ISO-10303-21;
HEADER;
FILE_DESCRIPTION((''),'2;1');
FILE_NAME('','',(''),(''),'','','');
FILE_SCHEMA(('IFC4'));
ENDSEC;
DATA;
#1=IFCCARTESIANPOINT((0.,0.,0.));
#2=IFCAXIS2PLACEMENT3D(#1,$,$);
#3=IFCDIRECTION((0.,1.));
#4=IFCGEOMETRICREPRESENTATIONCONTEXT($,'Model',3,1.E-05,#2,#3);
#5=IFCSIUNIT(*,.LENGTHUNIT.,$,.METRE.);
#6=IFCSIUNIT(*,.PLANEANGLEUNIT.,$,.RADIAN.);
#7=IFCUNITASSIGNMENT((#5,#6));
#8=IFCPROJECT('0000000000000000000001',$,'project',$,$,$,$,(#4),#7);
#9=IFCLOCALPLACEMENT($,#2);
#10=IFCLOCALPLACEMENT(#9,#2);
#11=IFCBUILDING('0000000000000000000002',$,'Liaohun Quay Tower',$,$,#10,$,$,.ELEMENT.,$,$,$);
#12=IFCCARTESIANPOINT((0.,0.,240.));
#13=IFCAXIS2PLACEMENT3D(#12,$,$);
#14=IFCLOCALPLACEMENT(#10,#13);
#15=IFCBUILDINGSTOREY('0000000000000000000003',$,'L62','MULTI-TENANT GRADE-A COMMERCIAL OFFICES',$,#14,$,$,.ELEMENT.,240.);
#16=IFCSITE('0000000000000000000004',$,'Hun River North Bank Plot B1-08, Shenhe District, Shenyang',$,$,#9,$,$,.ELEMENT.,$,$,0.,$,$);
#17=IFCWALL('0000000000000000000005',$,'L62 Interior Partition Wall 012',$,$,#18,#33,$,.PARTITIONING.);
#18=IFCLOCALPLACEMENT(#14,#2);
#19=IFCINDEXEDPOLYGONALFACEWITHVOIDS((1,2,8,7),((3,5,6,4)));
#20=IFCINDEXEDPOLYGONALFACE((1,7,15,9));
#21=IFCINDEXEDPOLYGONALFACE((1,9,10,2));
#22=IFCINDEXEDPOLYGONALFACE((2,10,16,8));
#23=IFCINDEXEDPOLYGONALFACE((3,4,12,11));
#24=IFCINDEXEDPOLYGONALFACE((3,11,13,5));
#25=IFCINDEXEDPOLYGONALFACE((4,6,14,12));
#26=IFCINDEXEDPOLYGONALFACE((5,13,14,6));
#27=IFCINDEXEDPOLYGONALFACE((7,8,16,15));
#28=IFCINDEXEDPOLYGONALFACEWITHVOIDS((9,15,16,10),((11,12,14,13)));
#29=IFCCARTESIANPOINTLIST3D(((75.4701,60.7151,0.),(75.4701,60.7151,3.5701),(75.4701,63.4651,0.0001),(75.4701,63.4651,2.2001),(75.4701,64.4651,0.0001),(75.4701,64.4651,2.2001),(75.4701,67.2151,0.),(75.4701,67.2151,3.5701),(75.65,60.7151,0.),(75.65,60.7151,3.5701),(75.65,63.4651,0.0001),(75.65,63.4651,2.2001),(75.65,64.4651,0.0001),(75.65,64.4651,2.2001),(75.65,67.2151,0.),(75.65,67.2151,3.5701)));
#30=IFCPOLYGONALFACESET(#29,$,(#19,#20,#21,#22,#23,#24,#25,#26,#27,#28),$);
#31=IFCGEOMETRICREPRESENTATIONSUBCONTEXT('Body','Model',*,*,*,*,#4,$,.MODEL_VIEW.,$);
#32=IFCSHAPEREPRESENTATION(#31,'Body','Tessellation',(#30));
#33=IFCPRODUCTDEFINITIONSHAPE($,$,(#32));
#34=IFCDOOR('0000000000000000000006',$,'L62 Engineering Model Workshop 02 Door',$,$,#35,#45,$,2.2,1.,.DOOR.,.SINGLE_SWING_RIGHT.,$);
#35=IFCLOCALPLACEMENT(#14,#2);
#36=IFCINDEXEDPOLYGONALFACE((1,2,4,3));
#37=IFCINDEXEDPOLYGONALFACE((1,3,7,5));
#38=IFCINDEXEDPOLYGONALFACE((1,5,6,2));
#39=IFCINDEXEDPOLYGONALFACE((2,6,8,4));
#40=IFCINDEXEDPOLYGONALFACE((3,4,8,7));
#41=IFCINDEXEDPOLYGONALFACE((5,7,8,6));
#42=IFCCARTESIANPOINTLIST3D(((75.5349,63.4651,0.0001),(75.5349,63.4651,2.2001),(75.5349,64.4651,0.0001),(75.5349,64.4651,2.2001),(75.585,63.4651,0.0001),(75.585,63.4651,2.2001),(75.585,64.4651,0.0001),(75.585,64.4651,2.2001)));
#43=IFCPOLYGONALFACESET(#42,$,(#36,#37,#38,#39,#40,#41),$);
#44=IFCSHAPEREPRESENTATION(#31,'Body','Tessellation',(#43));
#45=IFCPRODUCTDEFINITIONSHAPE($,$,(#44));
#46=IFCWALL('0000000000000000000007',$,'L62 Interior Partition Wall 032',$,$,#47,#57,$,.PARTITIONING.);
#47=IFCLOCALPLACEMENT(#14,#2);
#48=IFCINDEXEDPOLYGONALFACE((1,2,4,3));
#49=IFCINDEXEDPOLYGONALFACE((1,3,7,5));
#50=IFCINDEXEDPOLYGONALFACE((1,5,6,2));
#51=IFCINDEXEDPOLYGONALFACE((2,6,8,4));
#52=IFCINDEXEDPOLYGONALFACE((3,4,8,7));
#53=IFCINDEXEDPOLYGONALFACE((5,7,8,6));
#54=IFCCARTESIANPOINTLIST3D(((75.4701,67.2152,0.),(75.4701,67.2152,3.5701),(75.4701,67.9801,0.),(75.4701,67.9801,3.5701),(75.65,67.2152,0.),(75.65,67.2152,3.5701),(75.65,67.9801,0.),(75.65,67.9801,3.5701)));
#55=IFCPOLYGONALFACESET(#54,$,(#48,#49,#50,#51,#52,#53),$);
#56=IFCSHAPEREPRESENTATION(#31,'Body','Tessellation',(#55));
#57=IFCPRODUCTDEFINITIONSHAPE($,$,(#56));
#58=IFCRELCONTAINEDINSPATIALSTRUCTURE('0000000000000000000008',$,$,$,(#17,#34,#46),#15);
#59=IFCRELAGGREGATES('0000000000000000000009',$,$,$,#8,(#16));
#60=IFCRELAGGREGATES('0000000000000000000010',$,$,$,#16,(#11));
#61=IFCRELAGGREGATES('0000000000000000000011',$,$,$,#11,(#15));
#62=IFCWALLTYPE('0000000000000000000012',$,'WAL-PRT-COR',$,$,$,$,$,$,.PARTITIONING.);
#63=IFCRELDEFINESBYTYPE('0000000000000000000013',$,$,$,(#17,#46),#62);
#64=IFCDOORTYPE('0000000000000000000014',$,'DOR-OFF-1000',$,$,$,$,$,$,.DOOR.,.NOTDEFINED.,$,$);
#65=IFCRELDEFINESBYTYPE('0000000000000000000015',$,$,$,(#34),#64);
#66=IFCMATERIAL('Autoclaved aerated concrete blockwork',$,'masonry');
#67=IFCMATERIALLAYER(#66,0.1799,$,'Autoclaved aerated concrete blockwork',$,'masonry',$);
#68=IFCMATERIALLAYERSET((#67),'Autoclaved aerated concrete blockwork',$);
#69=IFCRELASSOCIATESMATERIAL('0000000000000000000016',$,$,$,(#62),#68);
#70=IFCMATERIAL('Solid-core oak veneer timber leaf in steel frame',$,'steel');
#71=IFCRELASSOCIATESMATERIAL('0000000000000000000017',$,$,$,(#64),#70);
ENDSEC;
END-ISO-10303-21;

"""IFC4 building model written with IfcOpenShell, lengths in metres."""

from ifc_helpers import new_model, si_unit, direction, frame, frame_2d, origin, place, context, subcontext, project, spatial, rectangle, extrude, source, transform, mapped, material, layer, layer_set, type_object, element, fill, save


model = new_model("IFC4")

# Units and contexts
model_context = context("Model", 3, precision=1e-05, world=origin(), true_north=direction((0.0, 1.0)))
body_context = subcontext(model_context, "Body", "Model", "MODEL_VIEW")
ifc_project = project(units=[si_unit("LENGTHUNIT", "METRE"), si_unit("PLANEANGLEUNIT", "RADIAN")], contexts=[model_context])

# Site, building, storey
site_placement = place(None, origin())
site = spatial("IfcSite", under=ifc_project, at=site_placement, Name="Hun River North Bank Plot B1-08, Shenhe District, Shenyang", CompositionType="ELEMENT", RefElevation=0.0)
building_placement = place(site_placement, origin())
building = spatial("IfcBuilding", under=site, at=building_placement, Name="Liaohun Quay Tower", CompositionType="ELEMENT")
storey_placement = place(building_placement, frame((0.0, 0.0, 240.0)))
storey = spatial("IfcBuildingStorey", under=building, at=storey_placement, Name="L62", Description="MULTI-TENANT GRADE-A COMMERCIAL OFFICES", CompositionType="ELEMENT", Elevation=240.0)

# Wall, opening, door
ifc_material_1 = material(Name="Autoclaved aerated concrete blockwork", Category="masonry")
ifc_layer_1 = layer(ifc_material_1, 0.1799, Name="Autoclaved aerated concrete blockwork", Category="masonry")
ifc_layer_set_1 = layer_set([ifc_layer_1], Name="Autoclaved aerated concrete blockwork")
wall_type_1 = type_object("IfcWallType", Name="WAL-PRT-COR", PredefinedType="PARTITIONING", material=ifc_layer_set_1)
wall_1_placement = place(storey_placement, frame((75.5601, 67.2151, 0.0), z_axis=(0.0, 0.0, 1.0), x_axis=(0.0, -1.0, 0.0)))
wall_1 = element("IfcWall", 1, at=wall_1_placement, inside=storey, type_object=wall_type_1, Name="L62 Interior Partition Wall 012", PredefinedType="PARTITIONING", context=body_context, shape_type="SweptSolid", body=[
    extrude(rectangle(XDim=6.5, YDim=0.1799, at=frame_2d((3.25, 0.0))), origin(), (0.0, 0.0, 1.0), 3.5701),
])
shared_shape_1 = source(origin(), body_context, "Body", "SweptSolid", [
    extrude(rectangle(XDim=1.0, YDim=2.2, at=frame_2d((0.5, 1.1001))), frame((0.0, 0.0999, 0.0), z_axis=(0.0, -1.0, 0.0), x_axis=(1.0, 0.0, 0.0)), (0.0, 0.0, 1.0), 0.2),
])
opening_1_placement = place(wall_1_placement, frame((2.75, 0.0, 0.0)))
opening_1 = element("IfcOpeningElement", 2, at=opening_1_placement, cuts=wall_1, PredefinedType="OPENING", context=body_context, shape_type="MappedRepresentation", body=[
    mapped(shared_shape_1, transform((0.0, 0.0, 0.0), x_axis=(1.0, 0.0, 0.0), y_axis=(0.0, 1.0, 0.0), z_axis=(0.0, 0.0, 1.0), scale=1.0)),
])
ifc_material_2 = material(Name="Solid-core oak veneer timber leaf in steel frame", Category="steel")
door_type_1 = type_object("IfcDoorType", Name="DOR-OFF-1000", OperationType="NOTDEFINED", PredefinedType="DOOR", material=ifc_material_2)
shared_shape_2 = source(origin(), body_context, "Body", "SweptSolid", [
    extrude(rectangle(XDim=1.0, YDim=2.2, at=frame_2d((0.5, 1.1001))), frame((0.0, 0.0249, 0.0), z_axis=(0.0, -1.0, 0.0), x_axis=(1.0, 0.0, 0.0)), (0.0, 0.0, 1.0), 0.05),
])
door_1_placement = place(opening_1_placement, origin())
door_1 = element("IfcDoor", 3, at=door_1_placement, inside=storey, type_object=door_type_1, Name="L62 Engineering Model Workshop 02 Door", OperationType="SINGLE_SWING_RIGHT", OverallHeight=2.2, OverallWidth=1.0, PredefinedType="DOOR", context=body_context, shape_type="MappedRepresentation", body=[
    mapped(shared_shape_2, transform((0.0, 0.0, 0.0), x_axis=(1.0, 0.0, 0.0), y_axis=(0.0, 1.0, 0.0), z_axis=(0.0, 0.0, 1.0), scale=1.0)),
])
fill(opening_1, door_1)

# Wall
wall_2_placement = place(storey_placement, frame((75.5601, 67.98, 0.0), z_axis=(0.0, 0.0, 1.0), x_axis=(0.0, -1.0, 0.0)))
element("IfcWall", 4, at=wall_2_placement, inside=storey, type_object=wall_type_1, Name="L62 Interior Partition Wall 032", PredefinedType="PARTITIONING", context=body_context, shape_type="SweptSolid", body=[
    extrude(rectangle(XDim=0.7649, YDim=0.1799, at=frame_2d((0.3823, 0.0))), origin(), (0.0, 0.0, 1.0), 3.5701),
])

save(model, "model.ifc")
